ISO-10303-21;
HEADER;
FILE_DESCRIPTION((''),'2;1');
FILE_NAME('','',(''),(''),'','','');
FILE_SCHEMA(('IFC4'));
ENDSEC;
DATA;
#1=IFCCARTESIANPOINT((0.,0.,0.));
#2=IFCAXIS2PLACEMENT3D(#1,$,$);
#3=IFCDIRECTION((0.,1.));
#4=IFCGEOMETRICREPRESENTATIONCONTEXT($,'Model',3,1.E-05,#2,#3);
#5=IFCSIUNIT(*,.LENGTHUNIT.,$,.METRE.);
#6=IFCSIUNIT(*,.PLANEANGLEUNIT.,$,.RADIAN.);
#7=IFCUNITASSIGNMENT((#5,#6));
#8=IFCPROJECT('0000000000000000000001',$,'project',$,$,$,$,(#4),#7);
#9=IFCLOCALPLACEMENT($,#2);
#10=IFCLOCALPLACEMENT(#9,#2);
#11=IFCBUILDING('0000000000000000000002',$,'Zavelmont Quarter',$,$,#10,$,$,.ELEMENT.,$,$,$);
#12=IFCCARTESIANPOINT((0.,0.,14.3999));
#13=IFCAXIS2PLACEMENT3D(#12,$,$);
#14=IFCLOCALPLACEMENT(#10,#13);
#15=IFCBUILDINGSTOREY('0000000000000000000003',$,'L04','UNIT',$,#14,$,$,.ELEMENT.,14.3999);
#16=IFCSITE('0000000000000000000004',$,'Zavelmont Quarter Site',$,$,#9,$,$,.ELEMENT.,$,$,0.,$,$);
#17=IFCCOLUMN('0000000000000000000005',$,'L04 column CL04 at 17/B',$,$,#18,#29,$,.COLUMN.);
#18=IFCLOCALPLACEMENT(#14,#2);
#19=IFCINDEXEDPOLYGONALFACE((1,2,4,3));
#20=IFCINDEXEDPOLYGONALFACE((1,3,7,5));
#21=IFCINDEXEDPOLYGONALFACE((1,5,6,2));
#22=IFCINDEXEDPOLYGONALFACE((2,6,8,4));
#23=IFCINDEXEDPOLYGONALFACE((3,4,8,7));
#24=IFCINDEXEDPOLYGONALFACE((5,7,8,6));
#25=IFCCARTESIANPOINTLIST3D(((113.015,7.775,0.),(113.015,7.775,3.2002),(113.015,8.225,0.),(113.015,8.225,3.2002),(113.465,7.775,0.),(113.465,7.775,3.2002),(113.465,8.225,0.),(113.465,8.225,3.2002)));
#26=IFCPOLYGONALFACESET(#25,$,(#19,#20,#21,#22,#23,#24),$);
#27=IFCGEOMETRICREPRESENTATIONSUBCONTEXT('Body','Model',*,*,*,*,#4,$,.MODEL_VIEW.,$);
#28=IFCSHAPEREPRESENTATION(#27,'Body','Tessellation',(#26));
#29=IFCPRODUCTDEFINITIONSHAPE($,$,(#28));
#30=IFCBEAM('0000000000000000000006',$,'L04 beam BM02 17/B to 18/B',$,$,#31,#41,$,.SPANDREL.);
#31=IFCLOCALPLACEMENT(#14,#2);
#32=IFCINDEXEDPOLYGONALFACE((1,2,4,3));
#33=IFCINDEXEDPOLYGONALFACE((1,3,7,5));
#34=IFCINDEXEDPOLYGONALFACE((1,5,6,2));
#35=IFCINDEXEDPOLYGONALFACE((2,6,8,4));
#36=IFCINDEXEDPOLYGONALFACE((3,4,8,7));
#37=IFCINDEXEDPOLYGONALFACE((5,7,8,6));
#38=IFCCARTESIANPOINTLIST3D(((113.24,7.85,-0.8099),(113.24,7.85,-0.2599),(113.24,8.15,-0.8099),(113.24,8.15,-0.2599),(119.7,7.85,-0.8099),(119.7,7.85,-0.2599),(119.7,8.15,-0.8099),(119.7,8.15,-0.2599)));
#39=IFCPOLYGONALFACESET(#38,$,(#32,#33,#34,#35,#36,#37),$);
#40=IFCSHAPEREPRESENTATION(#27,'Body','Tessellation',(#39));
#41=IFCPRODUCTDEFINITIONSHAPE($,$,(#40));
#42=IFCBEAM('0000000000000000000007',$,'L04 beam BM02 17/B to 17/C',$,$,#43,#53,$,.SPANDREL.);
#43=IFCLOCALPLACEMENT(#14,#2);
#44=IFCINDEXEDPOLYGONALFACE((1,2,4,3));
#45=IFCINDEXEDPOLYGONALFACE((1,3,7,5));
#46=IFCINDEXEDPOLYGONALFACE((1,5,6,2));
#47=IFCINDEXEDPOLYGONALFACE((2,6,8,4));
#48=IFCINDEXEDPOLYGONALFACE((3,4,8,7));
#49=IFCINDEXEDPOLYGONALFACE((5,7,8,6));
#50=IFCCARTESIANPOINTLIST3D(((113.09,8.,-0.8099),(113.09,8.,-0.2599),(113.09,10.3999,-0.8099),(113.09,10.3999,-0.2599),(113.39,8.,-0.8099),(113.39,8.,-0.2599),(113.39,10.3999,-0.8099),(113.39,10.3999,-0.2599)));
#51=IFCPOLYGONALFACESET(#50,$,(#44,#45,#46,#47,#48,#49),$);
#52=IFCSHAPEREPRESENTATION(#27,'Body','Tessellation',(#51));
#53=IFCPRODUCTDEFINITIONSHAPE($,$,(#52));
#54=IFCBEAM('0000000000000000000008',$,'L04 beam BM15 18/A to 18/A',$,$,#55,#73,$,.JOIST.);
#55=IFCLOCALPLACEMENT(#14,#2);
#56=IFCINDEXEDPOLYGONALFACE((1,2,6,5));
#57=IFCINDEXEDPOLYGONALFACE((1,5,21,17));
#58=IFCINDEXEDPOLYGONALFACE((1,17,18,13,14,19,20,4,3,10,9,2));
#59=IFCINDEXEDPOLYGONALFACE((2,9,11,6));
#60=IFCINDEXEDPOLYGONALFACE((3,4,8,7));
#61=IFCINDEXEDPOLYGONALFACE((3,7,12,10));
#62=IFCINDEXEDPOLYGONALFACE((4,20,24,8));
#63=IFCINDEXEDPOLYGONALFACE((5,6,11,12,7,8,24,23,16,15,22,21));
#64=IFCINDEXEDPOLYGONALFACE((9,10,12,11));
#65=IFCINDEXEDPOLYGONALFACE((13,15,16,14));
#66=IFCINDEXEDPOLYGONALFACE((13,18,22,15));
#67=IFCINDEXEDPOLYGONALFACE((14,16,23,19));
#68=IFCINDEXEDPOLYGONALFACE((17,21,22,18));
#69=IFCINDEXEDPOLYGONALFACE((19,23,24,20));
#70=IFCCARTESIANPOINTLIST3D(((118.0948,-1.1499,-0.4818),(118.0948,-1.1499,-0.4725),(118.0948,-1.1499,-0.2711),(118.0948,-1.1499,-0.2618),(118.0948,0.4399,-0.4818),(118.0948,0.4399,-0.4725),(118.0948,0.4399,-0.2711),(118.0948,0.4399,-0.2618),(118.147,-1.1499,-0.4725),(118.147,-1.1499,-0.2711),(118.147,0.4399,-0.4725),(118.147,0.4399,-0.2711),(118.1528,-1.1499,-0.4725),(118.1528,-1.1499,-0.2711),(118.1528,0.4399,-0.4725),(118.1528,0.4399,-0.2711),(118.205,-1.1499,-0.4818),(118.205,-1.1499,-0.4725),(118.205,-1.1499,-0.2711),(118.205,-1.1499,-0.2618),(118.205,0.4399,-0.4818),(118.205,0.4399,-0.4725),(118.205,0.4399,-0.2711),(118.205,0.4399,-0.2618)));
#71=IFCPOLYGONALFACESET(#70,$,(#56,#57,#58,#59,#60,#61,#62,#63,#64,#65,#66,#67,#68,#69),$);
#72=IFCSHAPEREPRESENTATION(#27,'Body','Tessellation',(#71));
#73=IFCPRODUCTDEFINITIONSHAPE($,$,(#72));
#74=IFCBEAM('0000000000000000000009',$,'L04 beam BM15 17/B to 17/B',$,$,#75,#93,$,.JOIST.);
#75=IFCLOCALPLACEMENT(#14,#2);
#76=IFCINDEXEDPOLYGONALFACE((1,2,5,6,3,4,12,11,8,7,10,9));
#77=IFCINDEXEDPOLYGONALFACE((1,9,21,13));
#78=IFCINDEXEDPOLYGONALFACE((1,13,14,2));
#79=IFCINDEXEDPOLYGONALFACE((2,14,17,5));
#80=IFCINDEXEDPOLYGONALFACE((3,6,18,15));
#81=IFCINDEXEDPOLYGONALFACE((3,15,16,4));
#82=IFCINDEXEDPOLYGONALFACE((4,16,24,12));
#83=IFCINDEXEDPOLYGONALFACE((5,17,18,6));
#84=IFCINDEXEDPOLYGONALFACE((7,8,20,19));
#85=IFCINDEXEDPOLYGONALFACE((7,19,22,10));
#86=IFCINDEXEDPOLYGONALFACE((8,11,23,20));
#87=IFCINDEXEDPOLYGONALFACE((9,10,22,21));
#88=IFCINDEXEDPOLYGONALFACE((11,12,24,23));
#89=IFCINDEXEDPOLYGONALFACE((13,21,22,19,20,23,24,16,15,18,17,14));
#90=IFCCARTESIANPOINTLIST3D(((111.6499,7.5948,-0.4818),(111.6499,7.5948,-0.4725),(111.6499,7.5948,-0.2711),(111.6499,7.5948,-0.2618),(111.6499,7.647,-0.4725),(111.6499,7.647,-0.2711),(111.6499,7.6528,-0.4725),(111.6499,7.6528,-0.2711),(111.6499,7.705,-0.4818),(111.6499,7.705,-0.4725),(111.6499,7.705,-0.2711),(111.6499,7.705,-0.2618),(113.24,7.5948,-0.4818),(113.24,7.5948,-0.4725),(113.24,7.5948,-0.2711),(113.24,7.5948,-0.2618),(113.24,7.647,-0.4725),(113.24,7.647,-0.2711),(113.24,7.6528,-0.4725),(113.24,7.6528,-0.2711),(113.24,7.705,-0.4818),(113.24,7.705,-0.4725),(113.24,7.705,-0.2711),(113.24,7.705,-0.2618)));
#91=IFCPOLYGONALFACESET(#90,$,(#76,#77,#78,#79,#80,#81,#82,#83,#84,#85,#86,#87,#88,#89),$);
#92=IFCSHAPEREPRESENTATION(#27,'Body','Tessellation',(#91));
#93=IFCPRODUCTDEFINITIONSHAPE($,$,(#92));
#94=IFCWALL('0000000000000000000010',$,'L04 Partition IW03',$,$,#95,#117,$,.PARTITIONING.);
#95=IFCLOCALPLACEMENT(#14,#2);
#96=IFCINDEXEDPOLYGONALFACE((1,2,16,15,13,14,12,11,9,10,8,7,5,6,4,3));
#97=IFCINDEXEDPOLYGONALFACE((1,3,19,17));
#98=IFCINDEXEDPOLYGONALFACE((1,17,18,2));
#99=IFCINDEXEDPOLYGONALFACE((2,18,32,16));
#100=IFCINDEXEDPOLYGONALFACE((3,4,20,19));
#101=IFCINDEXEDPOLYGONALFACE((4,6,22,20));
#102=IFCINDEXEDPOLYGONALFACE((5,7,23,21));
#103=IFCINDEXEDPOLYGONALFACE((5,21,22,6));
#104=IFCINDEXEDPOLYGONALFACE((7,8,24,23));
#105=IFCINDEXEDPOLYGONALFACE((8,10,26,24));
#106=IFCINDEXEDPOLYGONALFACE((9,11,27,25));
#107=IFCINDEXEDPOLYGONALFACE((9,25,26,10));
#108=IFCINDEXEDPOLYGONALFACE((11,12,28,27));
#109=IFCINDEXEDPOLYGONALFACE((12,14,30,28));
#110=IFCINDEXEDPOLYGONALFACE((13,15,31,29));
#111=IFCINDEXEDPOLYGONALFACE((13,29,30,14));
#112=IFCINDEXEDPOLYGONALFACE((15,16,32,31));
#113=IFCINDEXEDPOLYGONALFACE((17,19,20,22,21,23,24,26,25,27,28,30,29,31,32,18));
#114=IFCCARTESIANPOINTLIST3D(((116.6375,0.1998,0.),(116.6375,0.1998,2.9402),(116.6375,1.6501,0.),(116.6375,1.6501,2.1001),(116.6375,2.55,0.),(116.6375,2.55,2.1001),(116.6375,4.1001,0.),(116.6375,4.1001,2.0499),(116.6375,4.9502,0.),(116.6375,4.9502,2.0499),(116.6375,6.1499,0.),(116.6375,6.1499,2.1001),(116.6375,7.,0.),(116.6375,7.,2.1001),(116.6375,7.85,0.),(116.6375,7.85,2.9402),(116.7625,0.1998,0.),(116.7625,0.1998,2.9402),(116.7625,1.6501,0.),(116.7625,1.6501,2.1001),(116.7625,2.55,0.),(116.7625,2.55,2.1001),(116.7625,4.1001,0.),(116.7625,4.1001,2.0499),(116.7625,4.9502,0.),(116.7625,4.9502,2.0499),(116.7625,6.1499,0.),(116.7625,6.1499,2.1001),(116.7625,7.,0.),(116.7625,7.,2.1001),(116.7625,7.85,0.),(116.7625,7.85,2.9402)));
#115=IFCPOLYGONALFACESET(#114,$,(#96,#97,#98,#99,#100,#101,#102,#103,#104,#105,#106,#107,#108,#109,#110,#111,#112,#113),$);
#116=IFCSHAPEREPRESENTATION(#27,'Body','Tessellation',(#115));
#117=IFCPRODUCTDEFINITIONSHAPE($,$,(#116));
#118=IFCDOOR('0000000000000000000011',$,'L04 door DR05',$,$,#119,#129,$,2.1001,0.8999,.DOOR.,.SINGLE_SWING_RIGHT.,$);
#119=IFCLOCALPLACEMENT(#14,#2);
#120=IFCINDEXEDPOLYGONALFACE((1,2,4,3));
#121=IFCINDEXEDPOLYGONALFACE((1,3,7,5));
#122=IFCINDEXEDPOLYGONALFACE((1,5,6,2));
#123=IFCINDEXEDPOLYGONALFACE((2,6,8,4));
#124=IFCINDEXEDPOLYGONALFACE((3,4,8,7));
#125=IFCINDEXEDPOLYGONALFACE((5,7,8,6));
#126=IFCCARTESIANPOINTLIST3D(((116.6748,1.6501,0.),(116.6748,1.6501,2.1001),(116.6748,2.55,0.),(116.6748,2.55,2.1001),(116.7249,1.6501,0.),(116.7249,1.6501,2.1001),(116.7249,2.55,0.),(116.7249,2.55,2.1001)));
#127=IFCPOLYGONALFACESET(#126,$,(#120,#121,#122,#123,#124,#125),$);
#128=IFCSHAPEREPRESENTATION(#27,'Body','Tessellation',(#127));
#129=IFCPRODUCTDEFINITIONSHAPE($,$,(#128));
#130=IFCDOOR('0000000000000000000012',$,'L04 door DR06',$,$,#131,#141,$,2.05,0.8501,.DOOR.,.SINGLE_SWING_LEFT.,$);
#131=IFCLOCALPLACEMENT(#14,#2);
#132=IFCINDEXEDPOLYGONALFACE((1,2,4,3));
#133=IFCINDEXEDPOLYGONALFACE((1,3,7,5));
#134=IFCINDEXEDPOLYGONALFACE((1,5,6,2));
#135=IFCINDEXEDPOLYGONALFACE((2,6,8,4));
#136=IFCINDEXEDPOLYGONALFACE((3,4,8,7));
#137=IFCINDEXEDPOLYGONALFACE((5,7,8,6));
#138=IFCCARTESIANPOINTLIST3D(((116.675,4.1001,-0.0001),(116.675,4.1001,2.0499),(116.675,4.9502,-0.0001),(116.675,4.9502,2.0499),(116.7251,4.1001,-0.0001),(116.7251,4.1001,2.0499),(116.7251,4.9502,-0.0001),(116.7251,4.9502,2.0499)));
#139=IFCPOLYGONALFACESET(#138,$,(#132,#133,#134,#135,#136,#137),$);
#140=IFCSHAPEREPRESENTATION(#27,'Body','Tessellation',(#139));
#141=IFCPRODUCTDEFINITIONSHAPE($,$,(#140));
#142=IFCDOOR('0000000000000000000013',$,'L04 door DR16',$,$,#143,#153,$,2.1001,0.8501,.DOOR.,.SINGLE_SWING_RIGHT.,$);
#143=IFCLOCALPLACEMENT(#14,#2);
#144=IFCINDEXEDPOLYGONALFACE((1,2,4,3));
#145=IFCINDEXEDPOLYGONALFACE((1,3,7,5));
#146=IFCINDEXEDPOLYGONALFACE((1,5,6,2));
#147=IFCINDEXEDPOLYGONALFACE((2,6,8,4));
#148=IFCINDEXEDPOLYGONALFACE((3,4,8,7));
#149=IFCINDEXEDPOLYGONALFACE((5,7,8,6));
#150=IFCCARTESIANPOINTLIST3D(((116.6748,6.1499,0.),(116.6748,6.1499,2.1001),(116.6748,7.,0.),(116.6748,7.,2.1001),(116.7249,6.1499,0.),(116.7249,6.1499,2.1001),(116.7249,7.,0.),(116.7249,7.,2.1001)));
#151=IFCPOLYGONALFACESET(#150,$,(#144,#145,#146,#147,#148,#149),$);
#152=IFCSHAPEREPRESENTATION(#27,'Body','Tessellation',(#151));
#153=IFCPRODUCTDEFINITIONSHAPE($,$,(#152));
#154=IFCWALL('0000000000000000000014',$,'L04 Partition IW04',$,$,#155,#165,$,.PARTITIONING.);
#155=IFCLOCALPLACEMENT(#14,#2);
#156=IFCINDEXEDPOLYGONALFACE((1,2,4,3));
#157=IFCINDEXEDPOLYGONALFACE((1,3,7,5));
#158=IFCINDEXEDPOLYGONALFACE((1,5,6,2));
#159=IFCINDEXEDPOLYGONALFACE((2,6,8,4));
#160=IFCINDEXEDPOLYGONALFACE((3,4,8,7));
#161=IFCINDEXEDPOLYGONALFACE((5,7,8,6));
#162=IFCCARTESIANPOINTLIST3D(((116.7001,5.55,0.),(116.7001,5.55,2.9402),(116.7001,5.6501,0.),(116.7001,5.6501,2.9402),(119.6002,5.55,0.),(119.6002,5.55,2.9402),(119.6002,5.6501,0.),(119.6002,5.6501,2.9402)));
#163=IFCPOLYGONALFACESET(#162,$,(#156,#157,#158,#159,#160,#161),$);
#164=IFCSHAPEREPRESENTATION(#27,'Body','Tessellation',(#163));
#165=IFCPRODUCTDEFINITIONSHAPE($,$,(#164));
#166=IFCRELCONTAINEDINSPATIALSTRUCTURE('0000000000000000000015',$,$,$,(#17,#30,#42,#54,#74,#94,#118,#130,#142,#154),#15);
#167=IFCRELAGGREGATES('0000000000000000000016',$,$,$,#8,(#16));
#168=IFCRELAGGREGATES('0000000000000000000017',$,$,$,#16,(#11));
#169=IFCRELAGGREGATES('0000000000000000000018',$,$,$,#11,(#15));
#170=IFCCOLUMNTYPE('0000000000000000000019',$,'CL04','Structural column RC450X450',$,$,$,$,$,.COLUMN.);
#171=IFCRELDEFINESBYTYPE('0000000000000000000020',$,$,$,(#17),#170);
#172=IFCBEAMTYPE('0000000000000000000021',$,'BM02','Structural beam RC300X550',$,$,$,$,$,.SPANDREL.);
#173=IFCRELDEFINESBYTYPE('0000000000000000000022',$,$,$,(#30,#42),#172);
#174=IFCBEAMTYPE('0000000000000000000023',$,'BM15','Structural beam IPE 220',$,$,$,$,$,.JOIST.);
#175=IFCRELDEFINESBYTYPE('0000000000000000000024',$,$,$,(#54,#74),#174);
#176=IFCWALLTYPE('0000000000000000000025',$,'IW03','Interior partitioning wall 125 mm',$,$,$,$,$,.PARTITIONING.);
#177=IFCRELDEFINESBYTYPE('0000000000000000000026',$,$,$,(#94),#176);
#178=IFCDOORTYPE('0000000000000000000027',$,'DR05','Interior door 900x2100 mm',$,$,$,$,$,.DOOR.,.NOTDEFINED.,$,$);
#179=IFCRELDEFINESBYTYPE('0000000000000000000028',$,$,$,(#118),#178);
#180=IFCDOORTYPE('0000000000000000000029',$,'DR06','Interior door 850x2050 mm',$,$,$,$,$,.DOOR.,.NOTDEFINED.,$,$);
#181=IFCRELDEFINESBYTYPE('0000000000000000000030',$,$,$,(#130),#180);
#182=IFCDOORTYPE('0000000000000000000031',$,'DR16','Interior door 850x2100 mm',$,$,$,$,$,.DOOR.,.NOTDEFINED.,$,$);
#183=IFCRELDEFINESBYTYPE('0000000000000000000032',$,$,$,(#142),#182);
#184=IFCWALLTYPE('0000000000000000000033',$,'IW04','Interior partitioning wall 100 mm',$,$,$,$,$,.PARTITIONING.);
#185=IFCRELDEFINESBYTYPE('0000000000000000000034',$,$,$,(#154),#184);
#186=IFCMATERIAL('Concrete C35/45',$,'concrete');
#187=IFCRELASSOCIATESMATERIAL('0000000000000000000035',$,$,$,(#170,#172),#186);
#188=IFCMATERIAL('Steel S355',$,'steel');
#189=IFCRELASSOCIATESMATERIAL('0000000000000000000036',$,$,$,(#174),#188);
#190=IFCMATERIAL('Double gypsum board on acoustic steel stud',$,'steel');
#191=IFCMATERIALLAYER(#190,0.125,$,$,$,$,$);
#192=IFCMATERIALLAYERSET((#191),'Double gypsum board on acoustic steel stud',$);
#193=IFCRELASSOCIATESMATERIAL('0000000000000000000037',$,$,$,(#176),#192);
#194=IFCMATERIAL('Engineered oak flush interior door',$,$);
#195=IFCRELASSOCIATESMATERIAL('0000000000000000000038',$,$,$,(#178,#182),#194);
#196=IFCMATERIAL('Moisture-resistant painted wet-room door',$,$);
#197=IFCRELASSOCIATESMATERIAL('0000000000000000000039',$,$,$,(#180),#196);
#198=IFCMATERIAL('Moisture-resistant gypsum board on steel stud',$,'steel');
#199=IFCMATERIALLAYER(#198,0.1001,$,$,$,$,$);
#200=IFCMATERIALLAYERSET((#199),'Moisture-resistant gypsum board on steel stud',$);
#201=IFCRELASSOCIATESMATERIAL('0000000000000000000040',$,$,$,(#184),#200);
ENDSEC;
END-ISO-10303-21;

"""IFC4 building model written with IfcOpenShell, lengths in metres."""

from ifc_helpers import new_model, si_unit, direction, frame, frame_2d, origin, origin_with_axes, origin_2d, place, context, subcontext, project, spatial, rectangle, i_section, extrude, material, layer, layer_set, material_profile, profile_set, type_object, element, fill, save


model = new_model("IFC4")

# Units and contexts
model_context = context("Model", 3, precision=1e-05, world=origin(), true_north=direction((0.0, 1.0)))
body_context = subcontext(model_context, "Body", "Model", "MODEL_VIEW")
ifc_project = project(units=[si_unit("LENGTHUNIT", "METRE"), si_unit("PLANEANGLEUNIT", "RADIAN")], contexts=[model_context])

# Site, building, storey
site_placement = place(None, origin())
site = spatial("IfcSite", under=ifc_project, at=site_placement, Name="Zavelmont Quarter Site", CompositionType="ELEMENT", RefElevation=0.0)
building_placement = place(site_placement, origin())
building = spatial("IfcBuilding", under=site, at=building_placement, Name="Zavelmont Quarter", CompositionType="ELEMENT")
storey_placement = place(building_placement, frame((0.0, 0.0, 14.3999)))
storey = spatial("IfcBuildingStorey", under=building, at=storey_placement, Name="L04", Description="UNIT", CompositionType="ELEMENT", Elevation=14.3999)

# Column
ifc_material_1 = material(Name="Concrete C35/45", Category="concrete")
ifc_material_profile_1 = material_profile(ifc_material_1, rectangle(XDim=0.45, YDim=0.45, at=origin_2d()), Name="RC450X450")
ifc_profile_set_1 = profile_set([ifc_material_profile_1], Name="Concrete C35/45")
column_type = type_object("IfcColumnType", Name="CL04", Description="Structural column RC450X450", PredefinedType="COLUMN", material=ifc_profile_set_1)
column_placement = place(storey_placement, frame((113.24, 8.0, 0.0), z_axis=(0.0, 0.0, 1.0), x_axis=(1.0, 0.0, 0.0)))
element("IfcColumn", 1, at=column_placement, inside=storey, type_object=column_type, Name="L04 column CL04 at 17/B", PredefinedType="COLUMN", context=body_context, shape_type="SweptSolid", body=[
    extrude(rectangle(XDim=0.45, YDim=0.45, at=origin_2d()), origin(), (0.0, 0.0, 1.0), 3.2002),
])

# Beams
ifc_material_profile_2 = material_profile(ifc_material_1, rectangle(XDim=0.3, YDim=0.55, at=origin_2d()), Name="RC300X550")
ifc_profile_set_2 = profile_set([ifc_material_profile_2], Name="Concrete C35/45")
beam_type_1 = type_object("IfcBeamType", Name="BM02", Description="Structural beam RC300X550", PredefinedType="SPANDREL", material=ifc_profile_set_2)
beam_1_placement = place(storey_placement, frame((113.24, 8.0, -0.5349), z_axis=(1.0, 0.0, 0.0), x_axis=(0.0, 1.0, 0.0)))
element("IfcBeam", 2, at=beam_1_placement, inside=storey, type_object=beam_type_1, Name="L04 beam BM02 17/B to 18/B", PredefinedType="SPANDREL", context=body_context, shape_type="SweptSolid", body=[
    extrude(rectangle(XDim=0.3, YDim=0.55, at=origin_2d()), origin(), (0.0, 0.0, 1.0), 6.46),
])
beam_2_placement = place(storey_placement, frame((113.24, 8.0, -0.5349), z_axis=(0.0, 1.0, 0.0), x_axis=(-1.0, 0.0, 0.0)))
element("IfcBeam", 3, at=beam_2_placement, inside=storey, type_object=beam_type_1, Name="L04 beam BM02 17/B to 17/C", PredefinedType="SPANDREL", context=body_context, shape_type="SweptSolid", body=[
    extrude(rectangle(XDim=0.3, YDim=0.55, at=origin_2d()), origin(), (0.0, 0.0, 1.0), 2.3999),
])
ifc_material_2 = material(Name="Steel S355", Category="steel")
ifc_material_profile_3 = material_profile(ifc_material_2, i_section(OverallWidth=0.1101, OverallDepth=0.22, WebThickness=0.0059, FlangeThickness=0.0093, at=origin_2d()), Name="IPE 220")
ifc_profile_set_3 = profile_set([ifc_material_profile_3], Name="Steel S355")
beam_type_2 = type_object("IfcBeamType", Name="BM15", Description="Structural beam IPE 220", PredefinedType="JOIST", material=ifc_profile_set_3)
beam_3_placement = place(storey_placement, frame((118.1499, 0.4399, -0.3718), z_axis=(0.0, -1.0, 0.0), x_axis=(1.0, 0.0, 0.0)))
element("IfcBeam", 4, at=beam_3_placement, inside=storey, type_object=beam_type_2, Name="L04 beam BM15 18/A to 18/A", PredefinedType="JOIST", context=body_context, shape_type="SweptSolid", body=[
    extrude(i_section(OverallWidth=0.1101, OverallDepth=0.22, WebThickness=0.0059, FlangeThickness=0.0093, at=origin_2d()), origin(), (0.0, 0.0, 1.0), 1.5898),
])
beam_4_placement = place(storey_placement, frame((113.24, 7.6499, -0.3718), z_axis=(-1.0, 0.0, 0.0), x_axis=(0.0, -1.0, 0.0)))
element("IfcBeam", 5, at=beam_4_placement, inside=storey, type_object=beam_type_2, Name="L04 beam BM15 17/B to 17/B", PredefinedType="JOIST", context=body_context, shape_type="SweptSolid", body=[
    extrude(i_section(OverallWidth=0.1101, OverallDepth=0.22, WebThickness=0.0059, FlangeThickness=0.0093, at=origin_2d()), origin(), (0.0, 0.0, 1.0), 1.5901),
])

# Wall, openings, doors
ifc_material_3 = material(Name="Double gypsum board on acoustic steel stud", Category="steel")
ifc_layer_1 = layer(ifc_material_3, 0.125)
ifc_layer_set_1 = layer_set([ifc_layer_1], Name="Double gypsum board on acoustic steel stud")
wall_type_1 = type_object("IfcWallType", Name="IW03", Description="Interior partitioning wall 125 mm", PredefinedType="PARTITIONING", material=ifc_layer_set_1)
wall_1_placement = place(storey_placement, frame((116.7, 7.8501, 0.0), z_axis=(0.0, 0.0, 1.0), x_axis=(0.0, -1.0, 0.0)))
wall_1 = element("IfcWall", 6, at=wall_1_placement, inside=storey, type_object=wall_type_1, Name="L04 Partition IW03", PredefinedType="PARTITIONING", context=body_context, shape_type="SweptSolid", body=[
    extrude(rectangle(XDim=7.6501, YDim=0.125, at=frame_2d((3.8252, 0.0))), origin(), (0.0, 0.0, 1.0), 2.9402),
])
opening_1_placement = place(wall_1_placement, frame((0.8501, 0.0, 0.0)))
opening_1 = element("IfcOpeningElement", 7, at=opening_1_placement, cuts=wall_1, PredefinedType="OPENING", context=body_context, shape_type="SweptSolid", body=[
    extrude(rectangle(XDim=0.8501, YDim=2.1001, at=frame_2d((0.425, 1.05))), frame((0.0, 0.0745, 0.0), z_axis=(0.0, -1.0, 0.0), x_axis=(1.0, 0.0, 0.0)), (0.0, 0.0, 1.0), 0.1489),
])
opening_2_placement = place(wall_1_placement, frame((2.8999, 0.0, 0.0)))
opening_2 = element("IfcOpeningElement", 8, at=opening_2_placement, cuts=wall_1, PredefinedType="OPENING", context=body_context, shape_type="SweptSolid", body=[
    extrude(rectangle(XDim=0.8501, YDim=2.05, at=frame_2d((0.425, 1.0249))), frame((0.0, 0.0745, 0.0), z_axis=(0.0, -1.0, 0.0), x_axis=(1.0, 0.0, 0.0)), (0.0, 0.0, 1.0), 0.1489),
])
opening_3_placement = place(wall_1_placement, frame((5.3, 0.0, 0.0)))
opening_3 = element("IfcOpeningElement", 9, at=opening_3_placement, cuts=wall_1, PredefinedType="OPENING", context=body_context, shape_type="SweptSolid", body=[
    extrude(rectangle(XDim=0.8999, YDim=2.1001, at=frame_2d((0.45, 1.05))), frame((0.0, 0.0745, 0.0), z_axis=(0.0, -1.0, 0.0), x_axis=(1.0, 0.0, 0.0)), (0.0, 0.0, 1.0), 0.1489),
])
ifc_material_4 = material(Name="Engineered oak flush interior door")
door_type_1 = type_object("IfcDoorType", Name="DR05", Description="Interior door 900x2100 mm", OperationType="NOTDEFINED", PredefinedType="DOOR", material=ifc_material_4)
door_1_placement = place(opening_3_placement, origin_with_axes())
door_1 = element("IfcDoor", 10, at=door_1_placement, inside=storey, type_object=door_type_1, Name="L04 door DR05", OperationType="SINGLE_SWING_RIGHT", OverallHeight=2.1001, OverallWidth=0.8999, PredefinedType="DOOR", context=body_context, shape_type="SweptSolid", body=[
    extrude(rectangle(XDim=0.8999, YDim=2.1001, at=frame_2d((0.45, 1.05))), frame((0.0, 0.0249, 0.0), z_axis=(0.0, -1.0, 0.0), x_axis=(1.0, 0.0, 0.0)), (0.0, 0.0, 1.0), 0.05),
])
fill(opening_3, door_1)
ifc_material_5 = material(Name="Moisture-resistant painted wet-room door")
door_type_2 = type_object("IfcDoorType", Name="DR06", Description="Interior door 850x2050 mm", OperationType="NOTDEFINED", PredefinedType="DOOR", material=ifc_material_5)
door_2_placement = place(opening_2_placement, frame((0.8501, 0.0, 0.0), z_axis=(0.0, 0.0, 1.0), x_axis=(-1.0, 0.0, 0.0)))
door_2 = element("IfcDoor", 11, at=door_2_placement, inside=storey, type_object=door_type_2, Name="L04 door DR06", OperationType="SINGLE_SWING_LEFT", OverallHeight=2.05, OverallWidth=0.8501, PredefinedType="DOOR", context=body_context, shape_type="SweptSolid", body=[
    extrude(rectangle(XDim=0.8501, YDim=2.05, at=frame_2d((0.425, 1.0249))), frame((0.0, 0.0249, 0.0), z_axis=(0.0, -1.0, 0.0), x_axis=(1.0, 0.0, 0.0)), (0.0, 0.0, 1.0), 0.05),
])
fill(opening_2, door_2)
door_type_3 = type_object("IfcDoorType", Name="DR16", Description="Interior door 850x2100 mm", OperationType="NOTDEFINED", PredefinedType="DOOR", material=ifc_material_4)
door_3_placement = place(opening_1_placement, origin_with_axes())
door_3 = element("IfcDoor", 12, at=door_3_placement, inside=storey, type_object=door_type_3, Name="L04 door DR16", OperationType="SINGLE_SWING_RIGHT", OverallHeight=2.1001, OverallWidth=0.8501, PredefinedType="DOOR", context=body_context, shape_type="SweptSolid", body=[
    extrude(rectangle(XDim=0.8501, YDim=2.1001, at=frame_2d((0.425, 1.05))), frame((0.0, 0.0249, 0.0), z_axis=(0.0, -1.0, 0.0), x_axis=(1.0, 0.0, 0.0)), (0.0, 0.0, 1.0), 0.05),
])
fill(opening_1, door_3)

# Wall
ifc_material_6 = material(Name="Moisture-resistant gypsum board on steel stud", Category="steel")
ifc_layer_2 = layer(ifc_material_6, 0.1001)
ifc_layer_set_2 = layer_set([ifc_layer_2], Name="Moisture-resistant gypsum board on steel stud")
wall_type_2 = type_object("IfcWallType", Name="IW04", Description="Interior partitioning wall 100 mm", PredefinedType="PARTITIONING", material=ifc_layer_set_2)
for number, where, z_axis, x_axis, name in (
    (13, (116.7, 5.6001, 0.0), (0.0, 0.0, 1.0), (1.0, 0.0, 0.0), "L04 Partition IW04"),
):
    element("IfcWall", number, at=place(storey_placement, frame(where, z_axis=z_axis, x_axis=x_axis)), inside=storey, type_object=wall_type_2, Name=name, PredefinedType="PARTITIONING", context=body_context, shape_type="SweptSolid", body=[
        extrude(rectangle(XDim=2.9001, YDim=0.1001, at=frame_2d((1.4502, 0.0))), origin(), (0.0, 0.0, 1.0), 2.9402),
    ])

save(model, "model.ifc")
